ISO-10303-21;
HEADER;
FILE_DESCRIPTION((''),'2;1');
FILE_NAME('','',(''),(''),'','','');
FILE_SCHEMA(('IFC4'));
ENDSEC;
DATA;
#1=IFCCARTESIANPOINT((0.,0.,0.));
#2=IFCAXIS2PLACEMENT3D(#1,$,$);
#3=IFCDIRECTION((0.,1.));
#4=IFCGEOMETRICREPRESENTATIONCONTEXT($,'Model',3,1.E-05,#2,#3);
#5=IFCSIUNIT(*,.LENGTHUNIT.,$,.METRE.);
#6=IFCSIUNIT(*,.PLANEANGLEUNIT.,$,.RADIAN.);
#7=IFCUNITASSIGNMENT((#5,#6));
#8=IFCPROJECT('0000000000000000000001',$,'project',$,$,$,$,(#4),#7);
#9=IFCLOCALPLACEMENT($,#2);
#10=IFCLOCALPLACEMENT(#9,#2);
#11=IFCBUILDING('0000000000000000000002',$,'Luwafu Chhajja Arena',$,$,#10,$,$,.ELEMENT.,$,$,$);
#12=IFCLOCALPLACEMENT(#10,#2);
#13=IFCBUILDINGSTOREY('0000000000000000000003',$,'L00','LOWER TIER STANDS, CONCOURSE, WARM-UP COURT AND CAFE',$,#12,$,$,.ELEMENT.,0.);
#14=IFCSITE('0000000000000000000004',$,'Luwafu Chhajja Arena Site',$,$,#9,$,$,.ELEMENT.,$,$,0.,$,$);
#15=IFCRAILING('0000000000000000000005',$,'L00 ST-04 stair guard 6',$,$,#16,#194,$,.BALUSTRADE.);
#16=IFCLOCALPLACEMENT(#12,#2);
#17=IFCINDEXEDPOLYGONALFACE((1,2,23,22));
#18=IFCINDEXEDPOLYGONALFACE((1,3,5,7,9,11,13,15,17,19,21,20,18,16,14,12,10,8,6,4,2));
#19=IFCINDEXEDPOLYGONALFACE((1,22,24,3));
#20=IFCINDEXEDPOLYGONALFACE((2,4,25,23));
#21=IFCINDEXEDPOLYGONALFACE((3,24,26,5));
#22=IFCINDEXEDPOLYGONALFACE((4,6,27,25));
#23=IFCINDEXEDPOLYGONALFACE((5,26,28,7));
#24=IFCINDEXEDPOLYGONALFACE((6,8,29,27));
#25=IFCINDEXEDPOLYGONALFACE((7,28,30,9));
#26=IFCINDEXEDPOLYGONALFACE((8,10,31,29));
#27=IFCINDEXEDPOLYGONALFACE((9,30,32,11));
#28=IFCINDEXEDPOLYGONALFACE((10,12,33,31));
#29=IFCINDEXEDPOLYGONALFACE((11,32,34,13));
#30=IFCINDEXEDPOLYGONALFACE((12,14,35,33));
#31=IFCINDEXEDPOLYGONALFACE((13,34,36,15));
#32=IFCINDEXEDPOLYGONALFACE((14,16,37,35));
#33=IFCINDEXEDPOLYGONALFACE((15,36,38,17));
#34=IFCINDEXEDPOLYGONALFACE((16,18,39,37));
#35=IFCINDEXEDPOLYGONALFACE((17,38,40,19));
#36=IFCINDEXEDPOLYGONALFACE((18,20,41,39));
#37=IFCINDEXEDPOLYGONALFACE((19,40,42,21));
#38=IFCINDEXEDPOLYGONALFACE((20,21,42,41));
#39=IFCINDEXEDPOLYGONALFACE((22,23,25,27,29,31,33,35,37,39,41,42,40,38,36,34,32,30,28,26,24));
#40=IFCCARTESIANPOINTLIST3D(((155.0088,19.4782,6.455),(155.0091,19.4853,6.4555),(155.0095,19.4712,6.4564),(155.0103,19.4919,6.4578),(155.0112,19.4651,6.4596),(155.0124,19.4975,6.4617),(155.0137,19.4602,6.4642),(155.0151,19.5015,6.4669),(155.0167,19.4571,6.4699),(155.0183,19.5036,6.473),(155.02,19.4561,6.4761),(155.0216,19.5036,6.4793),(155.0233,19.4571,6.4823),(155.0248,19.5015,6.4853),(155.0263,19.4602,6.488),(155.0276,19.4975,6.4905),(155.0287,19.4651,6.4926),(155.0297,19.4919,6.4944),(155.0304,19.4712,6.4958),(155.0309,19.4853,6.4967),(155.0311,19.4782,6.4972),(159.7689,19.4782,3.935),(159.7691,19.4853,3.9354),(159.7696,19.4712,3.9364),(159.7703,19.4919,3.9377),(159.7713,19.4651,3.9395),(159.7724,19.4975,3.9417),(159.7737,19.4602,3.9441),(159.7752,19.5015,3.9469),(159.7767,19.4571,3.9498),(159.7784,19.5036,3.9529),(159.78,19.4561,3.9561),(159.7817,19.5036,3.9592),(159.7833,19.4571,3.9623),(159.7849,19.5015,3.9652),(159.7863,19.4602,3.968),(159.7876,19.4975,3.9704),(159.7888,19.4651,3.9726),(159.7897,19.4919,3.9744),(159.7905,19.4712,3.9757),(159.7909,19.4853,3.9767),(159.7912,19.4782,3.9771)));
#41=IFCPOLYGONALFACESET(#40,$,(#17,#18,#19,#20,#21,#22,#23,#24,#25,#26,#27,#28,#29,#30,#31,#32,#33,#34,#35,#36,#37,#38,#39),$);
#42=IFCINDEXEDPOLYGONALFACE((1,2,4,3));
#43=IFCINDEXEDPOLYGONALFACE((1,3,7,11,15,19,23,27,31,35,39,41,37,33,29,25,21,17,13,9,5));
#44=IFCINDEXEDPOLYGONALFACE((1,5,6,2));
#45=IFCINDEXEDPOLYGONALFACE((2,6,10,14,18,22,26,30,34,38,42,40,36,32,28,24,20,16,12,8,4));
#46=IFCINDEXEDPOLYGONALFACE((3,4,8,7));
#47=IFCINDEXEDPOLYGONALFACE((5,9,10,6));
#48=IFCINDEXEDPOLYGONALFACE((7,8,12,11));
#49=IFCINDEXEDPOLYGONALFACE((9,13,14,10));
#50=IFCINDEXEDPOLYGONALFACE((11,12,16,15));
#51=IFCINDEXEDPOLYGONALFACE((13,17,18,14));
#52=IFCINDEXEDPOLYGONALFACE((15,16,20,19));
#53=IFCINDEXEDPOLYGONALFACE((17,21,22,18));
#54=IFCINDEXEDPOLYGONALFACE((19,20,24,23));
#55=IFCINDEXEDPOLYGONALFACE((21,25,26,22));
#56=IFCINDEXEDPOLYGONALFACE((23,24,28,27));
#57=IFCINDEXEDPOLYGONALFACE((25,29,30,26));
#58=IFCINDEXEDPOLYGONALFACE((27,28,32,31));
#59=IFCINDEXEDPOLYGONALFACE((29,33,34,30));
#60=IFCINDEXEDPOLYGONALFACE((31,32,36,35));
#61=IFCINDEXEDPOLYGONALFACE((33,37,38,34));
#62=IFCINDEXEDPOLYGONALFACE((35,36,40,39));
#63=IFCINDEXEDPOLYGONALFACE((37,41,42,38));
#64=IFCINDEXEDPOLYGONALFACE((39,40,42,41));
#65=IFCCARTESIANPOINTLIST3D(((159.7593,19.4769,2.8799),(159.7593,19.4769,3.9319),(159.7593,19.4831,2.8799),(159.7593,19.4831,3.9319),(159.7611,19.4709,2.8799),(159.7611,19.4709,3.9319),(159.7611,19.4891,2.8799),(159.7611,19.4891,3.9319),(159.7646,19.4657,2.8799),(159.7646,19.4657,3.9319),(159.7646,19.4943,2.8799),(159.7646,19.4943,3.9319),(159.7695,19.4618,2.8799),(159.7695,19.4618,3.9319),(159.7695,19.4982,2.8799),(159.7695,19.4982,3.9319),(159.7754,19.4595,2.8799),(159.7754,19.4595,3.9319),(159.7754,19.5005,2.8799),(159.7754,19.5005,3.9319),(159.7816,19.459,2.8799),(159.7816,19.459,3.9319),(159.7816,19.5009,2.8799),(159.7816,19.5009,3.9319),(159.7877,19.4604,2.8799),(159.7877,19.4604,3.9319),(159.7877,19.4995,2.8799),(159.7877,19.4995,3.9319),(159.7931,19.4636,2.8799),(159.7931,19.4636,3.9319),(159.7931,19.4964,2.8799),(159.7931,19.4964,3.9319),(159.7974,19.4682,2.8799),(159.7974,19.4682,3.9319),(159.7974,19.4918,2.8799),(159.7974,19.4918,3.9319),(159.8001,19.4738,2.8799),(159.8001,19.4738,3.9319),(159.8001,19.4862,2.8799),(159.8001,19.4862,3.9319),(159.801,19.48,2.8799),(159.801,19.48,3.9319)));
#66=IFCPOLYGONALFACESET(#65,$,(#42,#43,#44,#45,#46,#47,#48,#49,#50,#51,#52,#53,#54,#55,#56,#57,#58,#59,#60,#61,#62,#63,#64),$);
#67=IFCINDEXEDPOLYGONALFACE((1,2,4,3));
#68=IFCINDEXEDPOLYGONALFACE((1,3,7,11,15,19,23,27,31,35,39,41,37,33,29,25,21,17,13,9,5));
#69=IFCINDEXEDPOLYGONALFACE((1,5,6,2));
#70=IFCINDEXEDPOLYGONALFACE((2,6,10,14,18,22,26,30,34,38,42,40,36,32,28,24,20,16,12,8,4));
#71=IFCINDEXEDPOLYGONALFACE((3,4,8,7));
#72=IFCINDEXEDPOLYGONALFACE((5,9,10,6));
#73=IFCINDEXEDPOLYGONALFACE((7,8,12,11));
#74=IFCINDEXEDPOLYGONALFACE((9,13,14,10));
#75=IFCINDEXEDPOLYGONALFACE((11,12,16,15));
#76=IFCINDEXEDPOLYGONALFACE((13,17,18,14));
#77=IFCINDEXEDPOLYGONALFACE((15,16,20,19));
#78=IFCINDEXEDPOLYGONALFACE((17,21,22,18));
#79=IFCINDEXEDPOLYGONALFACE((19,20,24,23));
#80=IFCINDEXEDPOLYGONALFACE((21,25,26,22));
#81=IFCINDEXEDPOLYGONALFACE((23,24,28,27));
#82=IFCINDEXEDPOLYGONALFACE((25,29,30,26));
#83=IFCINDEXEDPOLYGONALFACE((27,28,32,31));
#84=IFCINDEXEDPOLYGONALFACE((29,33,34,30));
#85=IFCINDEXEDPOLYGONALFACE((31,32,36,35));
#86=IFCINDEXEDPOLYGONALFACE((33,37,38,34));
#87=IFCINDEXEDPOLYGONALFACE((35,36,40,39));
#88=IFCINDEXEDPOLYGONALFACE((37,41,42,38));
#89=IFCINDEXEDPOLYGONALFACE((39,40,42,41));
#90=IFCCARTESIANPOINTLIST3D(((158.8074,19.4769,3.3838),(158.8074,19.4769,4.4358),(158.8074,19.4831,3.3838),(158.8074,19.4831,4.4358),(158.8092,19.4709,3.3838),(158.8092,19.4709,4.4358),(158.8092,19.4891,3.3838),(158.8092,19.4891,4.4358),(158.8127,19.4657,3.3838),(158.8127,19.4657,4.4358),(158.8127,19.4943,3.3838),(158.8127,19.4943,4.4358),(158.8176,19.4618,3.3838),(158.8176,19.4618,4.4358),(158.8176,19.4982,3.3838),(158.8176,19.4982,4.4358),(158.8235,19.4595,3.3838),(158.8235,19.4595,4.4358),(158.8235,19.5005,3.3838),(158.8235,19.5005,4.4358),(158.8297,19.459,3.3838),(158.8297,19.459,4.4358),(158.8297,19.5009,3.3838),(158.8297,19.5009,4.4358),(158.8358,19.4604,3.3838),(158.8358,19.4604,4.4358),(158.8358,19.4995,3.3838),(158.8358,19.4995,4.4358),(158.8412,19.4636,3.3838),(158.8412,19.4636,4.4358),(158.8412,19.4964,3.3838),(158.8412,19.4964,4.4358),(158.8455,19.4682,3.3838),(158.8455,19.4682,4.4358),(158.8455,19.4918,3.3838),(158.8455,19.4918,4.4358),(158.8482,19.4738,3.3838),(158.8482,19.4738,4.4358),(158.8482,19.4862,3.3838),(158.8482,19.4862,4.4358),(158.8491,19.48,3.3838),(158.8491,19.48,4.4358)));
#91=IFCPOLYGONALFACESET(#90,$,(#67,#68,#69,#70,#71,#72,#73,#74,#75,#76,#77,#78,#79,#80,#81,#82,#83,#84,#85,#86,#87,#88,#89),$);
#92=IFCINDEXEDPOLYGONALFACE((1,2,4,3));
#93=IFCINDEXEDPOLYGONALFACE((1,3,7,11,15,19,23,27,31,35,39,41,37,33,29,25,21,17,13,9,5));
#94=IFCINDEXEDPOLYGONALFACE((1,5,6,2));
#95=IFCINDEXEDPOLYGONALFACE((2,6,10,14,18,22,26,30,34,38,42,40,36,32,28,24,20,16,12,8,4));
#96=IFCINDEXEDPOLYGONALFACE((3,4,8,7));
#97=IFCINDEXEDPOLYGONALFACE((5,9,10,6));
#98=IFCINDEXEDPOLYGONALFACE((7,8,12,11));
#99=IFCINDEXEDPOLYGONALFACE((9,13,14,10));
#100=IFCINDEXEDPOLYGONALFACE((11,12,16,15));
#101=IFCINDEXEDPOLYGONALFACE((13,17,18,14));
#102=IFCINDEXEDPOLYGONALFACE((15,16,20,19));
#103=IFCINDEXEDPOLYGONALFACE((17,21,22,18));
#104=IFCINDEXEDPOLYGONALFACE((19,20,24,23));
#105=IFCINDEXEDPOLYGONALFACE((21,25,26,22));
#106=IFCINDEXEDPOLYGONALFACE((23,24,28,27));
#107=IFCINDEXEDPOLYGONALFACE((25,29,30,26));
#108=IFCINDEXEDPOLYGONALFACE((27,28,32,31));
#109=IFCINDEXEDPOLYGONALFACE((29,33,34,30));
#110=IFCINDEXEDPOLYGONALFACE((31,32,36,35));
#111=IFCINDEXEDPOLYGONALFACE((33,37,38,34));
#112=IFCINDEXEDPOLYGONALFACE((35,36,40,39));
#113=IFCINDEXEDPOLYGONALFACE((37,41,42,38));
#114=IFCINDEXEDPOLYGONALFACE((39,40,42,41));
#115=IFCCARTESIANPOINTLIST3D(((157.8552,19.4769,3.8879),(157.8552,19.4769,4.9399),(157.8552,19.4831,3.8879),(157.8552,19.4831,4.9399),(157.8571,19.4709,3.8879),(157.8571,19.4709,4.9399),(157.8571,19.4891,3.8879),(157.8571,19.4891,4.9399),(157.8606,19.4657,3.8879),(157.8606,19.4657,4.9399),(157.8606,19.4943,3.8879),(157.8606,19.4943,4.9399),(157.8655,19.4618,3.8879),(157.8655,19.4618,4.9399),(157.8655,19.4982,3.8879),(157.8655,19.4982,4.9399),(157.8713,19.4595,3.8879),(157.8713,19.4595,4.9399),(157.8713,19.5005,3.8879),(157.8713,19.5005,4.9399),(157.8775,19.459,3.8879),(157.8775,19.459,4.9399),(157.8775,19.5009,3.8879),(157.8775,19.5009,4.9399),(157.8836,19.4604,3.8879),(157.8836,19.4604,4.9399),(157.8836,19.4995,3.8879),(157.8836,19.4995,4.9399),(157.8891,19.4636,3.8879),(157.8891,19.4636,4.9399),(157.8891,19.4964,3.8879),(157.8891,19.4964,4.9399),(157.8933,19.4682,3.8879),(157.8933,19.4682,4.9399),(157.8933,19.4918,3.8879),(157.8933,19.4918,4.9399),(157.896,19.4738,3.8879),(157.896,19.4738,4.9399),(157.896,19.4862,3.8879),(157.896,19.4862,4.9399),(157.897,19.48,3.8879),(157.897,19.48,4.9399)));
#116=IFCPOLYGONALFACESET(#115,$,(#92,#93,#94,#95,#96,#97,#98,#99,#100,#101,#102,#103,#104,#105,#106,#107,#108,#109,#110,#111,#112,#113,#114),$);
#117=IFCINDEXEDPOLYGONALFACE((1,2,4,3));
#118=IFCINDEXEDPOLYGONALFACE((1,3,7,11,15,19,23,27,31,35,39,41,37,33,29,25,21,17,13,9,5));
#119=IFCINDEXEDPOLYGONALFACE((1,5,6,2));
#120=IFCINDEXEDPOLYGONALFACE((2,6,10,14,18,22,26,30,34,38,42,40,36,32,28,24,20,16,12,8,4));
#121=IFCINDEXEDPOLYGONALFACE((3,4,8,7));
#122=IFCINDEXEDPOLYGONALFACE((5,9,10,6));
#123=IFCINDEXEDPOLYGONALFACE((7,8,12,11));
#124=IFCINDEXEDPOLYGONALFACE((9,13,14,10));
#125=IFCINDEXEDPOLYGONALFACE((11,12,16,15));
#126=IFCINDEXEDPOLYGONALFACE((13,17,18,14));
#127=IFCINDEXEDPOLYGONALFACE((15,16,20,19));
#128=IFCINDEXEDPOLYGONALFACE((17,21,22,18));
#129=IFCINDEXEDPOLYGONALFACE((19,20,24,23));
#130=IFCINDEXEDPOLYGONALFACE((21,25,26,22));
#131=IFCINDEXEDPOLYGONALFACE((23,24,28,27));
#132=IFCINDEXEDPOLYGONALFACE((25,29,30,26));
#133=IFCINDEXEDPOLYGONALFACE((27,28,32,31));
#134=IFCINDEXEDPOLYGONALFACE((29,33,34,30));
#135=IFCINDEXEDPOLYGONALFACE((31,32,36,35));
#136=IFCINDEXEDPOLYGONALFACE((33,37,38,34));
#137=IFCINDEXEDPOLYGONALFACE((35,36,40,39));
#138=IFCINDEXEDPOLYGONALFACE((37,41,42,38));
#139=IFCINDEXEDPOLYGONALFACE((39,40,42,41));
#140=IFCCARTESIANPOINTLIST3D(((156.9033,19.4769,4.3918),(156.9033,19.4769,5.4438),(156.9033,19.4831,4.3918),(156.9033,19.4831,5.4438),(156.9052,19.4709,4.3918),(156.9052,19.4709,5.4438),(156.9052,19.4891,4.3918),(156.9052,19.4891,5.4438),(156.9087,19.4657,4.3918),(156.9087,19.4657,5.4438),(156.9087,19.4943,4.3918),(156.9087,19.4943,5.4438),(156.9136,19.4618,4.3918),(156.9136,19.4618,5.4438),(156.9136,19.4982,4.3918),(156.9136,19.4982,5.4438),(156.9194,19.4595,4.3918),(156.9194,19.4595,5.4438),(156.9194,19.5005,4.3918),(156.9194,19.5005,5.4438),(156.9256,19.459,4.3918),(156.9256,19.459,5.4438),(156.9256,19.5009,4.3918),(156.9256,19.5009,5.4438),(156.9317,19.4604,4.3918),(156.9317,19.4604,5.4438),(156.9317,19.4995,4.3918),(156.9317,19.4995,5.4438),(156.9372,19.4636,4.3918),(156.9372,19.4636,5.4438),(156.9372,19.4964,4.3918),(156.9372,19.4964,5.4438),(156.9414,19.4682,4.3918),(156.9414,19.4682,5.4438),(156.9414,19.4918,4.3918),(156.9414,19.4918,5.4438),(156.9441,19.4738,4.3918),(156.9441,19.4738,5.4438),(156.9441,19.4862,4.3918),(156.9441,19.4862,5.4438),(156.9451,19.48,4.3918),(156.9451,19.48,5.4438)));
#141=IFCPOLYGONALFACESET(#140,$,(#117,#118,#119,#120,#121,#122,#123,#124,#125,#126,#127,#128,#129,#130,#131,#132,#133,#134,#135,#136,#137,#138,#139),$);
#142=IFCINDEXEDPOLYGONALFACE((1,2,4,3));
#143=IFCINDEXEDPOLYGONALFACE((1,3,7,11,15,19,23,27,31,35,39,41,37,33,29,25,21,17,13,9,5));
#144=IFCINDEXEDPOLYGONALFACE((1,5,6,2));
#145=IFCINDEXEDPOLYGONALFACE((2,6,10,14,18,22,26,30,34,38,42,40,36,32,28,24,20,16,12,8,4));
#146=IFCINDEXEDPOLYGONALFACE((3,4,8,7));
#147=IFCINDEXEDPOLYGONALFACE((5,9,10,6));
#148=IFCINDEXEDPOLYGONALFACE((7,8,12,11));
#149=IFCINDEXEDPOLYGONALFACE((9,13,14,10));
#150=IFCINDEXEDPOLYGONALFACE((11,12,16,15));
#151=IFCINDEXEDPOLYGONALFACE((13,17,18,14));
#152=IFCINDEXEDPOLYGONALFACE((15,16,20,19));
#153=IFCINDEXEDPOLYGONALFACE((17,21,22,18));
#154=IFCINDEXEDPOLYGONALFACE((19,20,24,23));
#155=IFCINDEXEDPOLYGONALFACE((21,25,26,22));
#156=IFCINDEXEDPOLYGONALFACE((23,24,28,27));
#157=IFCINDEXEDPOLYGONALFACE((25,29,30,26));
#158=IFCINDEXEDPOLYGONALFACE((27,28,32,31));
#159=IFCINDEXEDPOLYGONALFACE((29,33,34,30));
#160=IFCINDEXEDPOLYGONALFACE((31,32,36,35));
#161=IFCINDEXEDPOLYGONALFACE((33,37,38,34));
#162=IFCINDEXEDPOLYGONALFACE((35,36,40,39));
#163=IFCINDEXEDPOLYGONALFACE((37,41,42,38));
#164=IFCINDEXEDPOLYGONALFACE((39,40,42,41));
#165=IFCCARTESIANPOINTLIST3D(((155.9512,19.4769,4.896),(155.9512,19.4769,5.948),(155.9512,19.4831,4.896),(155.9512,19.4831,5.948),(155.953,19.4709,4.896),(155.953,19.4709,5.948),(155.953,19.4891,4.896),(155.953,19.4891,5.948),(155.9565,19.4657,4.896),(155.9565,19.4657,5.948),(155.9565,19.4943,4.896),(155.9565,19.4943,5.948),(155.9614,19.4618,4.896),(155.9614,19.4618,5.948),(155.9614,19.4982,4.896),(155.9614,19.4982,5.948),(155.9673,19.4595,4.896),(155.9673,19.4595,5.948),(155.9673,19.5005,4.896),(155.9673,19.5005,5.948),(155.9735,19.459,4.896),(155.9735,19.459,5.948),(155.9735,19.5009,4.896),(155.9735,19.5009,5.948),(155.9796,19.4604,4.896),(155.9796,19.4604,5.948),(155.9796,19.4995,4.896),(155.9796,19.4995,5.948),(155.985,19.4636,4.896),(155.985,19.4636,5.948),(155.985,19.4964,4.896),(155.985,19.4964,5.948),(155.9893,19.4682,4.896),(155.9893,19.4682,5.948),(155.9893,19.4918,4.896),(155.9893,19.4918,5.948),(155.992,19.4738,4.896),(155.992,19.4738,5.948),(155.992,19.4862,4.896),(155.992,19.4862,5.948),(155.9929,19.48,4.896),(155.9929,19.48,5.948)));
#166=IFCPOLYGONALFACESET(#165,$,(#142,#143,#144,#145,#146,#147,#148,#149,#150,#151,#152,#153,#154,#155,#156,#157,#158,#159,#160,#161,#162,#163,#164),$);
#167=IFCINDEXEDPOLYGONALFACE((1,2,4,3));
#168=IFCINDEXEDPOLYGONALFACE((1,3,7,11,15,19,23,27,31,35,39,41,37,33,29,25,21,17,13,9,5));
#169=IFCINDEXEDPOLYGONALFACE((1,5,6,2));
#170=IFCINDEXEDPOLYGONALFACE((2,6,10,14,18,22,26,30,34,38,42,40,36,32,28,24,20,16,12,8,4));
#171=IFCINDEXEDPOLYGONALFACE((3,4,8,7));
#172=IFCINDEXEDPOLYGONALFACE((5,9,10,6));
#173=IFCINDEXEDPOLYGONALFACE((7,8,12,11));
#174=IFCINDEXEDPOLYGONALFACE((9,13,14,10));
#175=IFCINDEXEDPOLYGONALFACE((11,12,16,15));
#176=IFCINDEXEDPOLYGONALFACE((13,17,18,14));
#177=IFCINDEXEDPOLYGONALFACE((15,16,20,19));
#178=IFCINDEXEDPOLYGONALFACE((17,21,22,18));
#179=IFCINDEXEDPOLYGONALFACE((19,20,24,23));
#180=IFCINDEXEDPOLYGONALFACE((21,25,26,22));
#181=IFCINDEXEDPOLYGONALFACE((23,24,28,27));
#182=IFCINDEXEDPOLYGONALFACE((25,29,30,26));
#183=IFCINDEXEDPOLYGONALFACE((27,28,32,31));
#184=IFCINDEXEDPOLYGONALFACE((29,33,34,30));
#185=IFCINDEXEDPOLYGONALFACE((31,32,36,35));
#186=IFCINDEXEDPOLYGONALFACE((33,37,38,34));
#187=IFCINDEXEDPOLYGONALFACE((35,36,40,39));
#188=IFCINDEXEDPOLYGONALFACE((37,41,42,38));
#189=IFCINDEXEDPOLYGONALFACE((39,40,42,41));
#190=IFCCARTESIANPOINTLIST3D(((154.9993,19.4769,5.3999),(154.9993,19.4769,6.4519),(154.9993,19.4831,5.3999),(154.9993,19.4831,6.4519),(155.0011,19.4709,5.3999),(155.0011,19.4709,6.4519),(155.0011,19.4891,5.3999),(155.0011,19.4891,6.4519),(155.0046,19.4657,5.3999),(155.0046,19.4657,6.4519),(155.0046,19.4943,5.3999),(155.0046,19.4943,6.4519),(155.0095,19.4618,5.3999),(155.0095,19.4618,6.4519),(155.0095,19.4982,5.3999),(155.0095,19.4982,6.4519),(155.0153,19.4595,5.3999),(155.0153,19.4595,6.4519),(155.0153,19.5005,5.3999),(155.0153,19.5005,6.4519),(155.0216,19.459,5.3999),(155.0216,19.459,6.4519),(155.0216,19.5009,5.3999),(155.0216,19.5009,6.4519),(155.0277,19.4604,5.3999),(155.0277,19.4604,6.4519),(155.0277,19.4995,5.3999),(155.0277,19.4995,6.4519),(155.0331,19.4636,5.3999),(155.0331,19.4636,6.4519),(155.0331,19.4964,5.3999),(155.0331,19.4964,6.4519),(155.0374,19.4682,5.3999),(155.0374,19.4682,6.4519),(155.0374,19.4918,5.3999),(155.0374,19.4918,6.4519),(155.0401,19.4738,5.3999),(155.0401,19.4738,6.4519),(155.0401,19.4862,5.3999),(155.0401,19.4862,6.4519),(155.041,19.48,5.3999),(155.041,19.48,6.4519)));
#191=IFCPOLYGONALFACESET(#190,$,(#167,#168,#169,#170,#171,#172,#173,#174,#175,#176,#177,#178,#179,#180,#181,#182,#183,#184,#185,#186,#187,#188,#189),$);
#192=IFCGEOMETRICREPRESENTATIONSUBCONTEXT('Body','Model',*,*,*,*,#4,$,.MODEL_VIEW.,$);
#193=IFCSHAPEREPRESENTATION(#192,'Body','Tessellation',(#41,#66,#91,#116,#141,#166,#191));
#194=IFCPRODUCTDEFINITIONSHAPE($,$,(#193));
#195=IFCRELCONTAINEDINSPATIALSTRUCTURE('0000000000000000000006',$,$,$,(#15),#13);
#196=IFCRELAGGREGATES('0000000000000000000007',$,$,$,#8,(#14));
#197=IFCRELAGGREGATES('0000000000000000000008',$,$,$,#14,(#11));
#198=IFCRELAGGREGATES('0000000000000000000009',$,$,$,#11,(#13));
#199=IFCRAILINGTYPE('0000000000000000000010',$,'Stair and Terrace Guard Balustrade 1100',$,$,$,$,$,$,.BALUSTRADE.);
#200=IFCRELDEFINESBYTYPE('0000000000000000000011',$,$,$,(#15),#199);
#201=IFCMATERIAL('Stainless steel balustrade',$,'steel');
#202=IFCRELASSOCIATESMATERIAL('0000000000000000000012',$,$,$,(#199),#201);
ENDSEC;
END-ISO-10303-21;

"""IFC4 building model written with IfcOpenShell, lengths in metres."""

from ifc_helpers import new_model, si_unit, direction, frame, origin, origin_2d, place, context, subcontext, project, spatial, circle, extrude, material, type_object, element, save


model = new_model("IFC4")

# Units and contexts
model_context = context("Model", 3, precision=1e-05, world=origin(), true_north=direction((0.0, 1.0)))
body_context = subcontext(model_context, "Body", "Model", "MODEL_VIEW")
ifc_project = project(units=[si_unit("LENGTHUNIT", "METRE"), si_unit("PLANEANGLEUNIT", "RADIAN")], contexts=[model_context])

# Site, building, storey
site_placement = place(None, origin())
site = spatial("IfcSite", under=ifc_project, at=site_placement, Name="Luwafu Chhajja Arena Site", CompositionType="ELEMENT", RefElevation=0.0)
building_placement = place(site_placement, origin())
building = spatial("IfcBuilding", under=site, at=building_placement, Name="Luwafu Chhajja Arena", CompositionType="ELEMENT")
storey_placement = place(building_placement, origin())
storey = spatial("IfcBuildingStorey", under=building, at=storey_placement, Name="L00", Description="LOWER TIER STANDS, CONCOURSE, WARM-UP COURT AND CAFE", CompositionType="ELEMENT", Elevation=0.0)

# Railing
ifc_material_1 = material(Name="Stainless steel balustrade", Category="steel")
railing_type_1 = type_object("IfcRailingType", Name="Stair and Terrace Guard Balustrade 1100", PredefinedType="BALUSTRADE", material=ifc_material_1)
railing_1_placement = place(storey_placement, frame((159.78, 19.48, 2.8799)))
element("IfcRailing", 1, at=railing_1_placement, inside=storey, type_object=railing_type_1, Name="L00 ST-04 stair guard 6", PredefinedType="BALUSTRADE", context=body_context, shape_type="SweptSolid", body=[
    extrude(circle(Radius=0.0239, at=origin_2d()), frame((0.0, 0.0, 1.0762), z_axis=(-0.883787, 0.0, 0.46789), x_axis=(0.0, -1.0, 0.0)), (0.0, 0.0, 1.0), 5.386),
    extrude(circle(Radius=0.021, at=origin_2d()), origin(), (0.0, 0.0, 1.0), 1.052),
    extrude(circle(Radius=0.021, at=origin_2d()), frame((-0.9519, 0.0, 0.5039)), (0.0, 0.0, 1.0), 1.052),
    extrude(circle(Radius=0.021, at=origin_2d()), frame((-1.9041, 0.0, 1.0081)), (0.0, 0.0, 1.0), 1.052),
    extrude(circle(Radius=0.021, at=origin_2d()), frame((-2.856, 0.0, 1.512)), (0.0, 0.0, 1.0), 1.052),
    extrude(circle(Radius=0.021, at=origin_2d()), frame((-3.8081, 0.0, 2.0161)), (0.0, 0.0, 1.0), 1.052),
    extrude(circle(Radius=0.021, at=origin_2d()), frame((-4.76, 0.0, 2.52)), (0.0, 0.0, 1.0), 1.052),
])

save(model, "model.ifc")
